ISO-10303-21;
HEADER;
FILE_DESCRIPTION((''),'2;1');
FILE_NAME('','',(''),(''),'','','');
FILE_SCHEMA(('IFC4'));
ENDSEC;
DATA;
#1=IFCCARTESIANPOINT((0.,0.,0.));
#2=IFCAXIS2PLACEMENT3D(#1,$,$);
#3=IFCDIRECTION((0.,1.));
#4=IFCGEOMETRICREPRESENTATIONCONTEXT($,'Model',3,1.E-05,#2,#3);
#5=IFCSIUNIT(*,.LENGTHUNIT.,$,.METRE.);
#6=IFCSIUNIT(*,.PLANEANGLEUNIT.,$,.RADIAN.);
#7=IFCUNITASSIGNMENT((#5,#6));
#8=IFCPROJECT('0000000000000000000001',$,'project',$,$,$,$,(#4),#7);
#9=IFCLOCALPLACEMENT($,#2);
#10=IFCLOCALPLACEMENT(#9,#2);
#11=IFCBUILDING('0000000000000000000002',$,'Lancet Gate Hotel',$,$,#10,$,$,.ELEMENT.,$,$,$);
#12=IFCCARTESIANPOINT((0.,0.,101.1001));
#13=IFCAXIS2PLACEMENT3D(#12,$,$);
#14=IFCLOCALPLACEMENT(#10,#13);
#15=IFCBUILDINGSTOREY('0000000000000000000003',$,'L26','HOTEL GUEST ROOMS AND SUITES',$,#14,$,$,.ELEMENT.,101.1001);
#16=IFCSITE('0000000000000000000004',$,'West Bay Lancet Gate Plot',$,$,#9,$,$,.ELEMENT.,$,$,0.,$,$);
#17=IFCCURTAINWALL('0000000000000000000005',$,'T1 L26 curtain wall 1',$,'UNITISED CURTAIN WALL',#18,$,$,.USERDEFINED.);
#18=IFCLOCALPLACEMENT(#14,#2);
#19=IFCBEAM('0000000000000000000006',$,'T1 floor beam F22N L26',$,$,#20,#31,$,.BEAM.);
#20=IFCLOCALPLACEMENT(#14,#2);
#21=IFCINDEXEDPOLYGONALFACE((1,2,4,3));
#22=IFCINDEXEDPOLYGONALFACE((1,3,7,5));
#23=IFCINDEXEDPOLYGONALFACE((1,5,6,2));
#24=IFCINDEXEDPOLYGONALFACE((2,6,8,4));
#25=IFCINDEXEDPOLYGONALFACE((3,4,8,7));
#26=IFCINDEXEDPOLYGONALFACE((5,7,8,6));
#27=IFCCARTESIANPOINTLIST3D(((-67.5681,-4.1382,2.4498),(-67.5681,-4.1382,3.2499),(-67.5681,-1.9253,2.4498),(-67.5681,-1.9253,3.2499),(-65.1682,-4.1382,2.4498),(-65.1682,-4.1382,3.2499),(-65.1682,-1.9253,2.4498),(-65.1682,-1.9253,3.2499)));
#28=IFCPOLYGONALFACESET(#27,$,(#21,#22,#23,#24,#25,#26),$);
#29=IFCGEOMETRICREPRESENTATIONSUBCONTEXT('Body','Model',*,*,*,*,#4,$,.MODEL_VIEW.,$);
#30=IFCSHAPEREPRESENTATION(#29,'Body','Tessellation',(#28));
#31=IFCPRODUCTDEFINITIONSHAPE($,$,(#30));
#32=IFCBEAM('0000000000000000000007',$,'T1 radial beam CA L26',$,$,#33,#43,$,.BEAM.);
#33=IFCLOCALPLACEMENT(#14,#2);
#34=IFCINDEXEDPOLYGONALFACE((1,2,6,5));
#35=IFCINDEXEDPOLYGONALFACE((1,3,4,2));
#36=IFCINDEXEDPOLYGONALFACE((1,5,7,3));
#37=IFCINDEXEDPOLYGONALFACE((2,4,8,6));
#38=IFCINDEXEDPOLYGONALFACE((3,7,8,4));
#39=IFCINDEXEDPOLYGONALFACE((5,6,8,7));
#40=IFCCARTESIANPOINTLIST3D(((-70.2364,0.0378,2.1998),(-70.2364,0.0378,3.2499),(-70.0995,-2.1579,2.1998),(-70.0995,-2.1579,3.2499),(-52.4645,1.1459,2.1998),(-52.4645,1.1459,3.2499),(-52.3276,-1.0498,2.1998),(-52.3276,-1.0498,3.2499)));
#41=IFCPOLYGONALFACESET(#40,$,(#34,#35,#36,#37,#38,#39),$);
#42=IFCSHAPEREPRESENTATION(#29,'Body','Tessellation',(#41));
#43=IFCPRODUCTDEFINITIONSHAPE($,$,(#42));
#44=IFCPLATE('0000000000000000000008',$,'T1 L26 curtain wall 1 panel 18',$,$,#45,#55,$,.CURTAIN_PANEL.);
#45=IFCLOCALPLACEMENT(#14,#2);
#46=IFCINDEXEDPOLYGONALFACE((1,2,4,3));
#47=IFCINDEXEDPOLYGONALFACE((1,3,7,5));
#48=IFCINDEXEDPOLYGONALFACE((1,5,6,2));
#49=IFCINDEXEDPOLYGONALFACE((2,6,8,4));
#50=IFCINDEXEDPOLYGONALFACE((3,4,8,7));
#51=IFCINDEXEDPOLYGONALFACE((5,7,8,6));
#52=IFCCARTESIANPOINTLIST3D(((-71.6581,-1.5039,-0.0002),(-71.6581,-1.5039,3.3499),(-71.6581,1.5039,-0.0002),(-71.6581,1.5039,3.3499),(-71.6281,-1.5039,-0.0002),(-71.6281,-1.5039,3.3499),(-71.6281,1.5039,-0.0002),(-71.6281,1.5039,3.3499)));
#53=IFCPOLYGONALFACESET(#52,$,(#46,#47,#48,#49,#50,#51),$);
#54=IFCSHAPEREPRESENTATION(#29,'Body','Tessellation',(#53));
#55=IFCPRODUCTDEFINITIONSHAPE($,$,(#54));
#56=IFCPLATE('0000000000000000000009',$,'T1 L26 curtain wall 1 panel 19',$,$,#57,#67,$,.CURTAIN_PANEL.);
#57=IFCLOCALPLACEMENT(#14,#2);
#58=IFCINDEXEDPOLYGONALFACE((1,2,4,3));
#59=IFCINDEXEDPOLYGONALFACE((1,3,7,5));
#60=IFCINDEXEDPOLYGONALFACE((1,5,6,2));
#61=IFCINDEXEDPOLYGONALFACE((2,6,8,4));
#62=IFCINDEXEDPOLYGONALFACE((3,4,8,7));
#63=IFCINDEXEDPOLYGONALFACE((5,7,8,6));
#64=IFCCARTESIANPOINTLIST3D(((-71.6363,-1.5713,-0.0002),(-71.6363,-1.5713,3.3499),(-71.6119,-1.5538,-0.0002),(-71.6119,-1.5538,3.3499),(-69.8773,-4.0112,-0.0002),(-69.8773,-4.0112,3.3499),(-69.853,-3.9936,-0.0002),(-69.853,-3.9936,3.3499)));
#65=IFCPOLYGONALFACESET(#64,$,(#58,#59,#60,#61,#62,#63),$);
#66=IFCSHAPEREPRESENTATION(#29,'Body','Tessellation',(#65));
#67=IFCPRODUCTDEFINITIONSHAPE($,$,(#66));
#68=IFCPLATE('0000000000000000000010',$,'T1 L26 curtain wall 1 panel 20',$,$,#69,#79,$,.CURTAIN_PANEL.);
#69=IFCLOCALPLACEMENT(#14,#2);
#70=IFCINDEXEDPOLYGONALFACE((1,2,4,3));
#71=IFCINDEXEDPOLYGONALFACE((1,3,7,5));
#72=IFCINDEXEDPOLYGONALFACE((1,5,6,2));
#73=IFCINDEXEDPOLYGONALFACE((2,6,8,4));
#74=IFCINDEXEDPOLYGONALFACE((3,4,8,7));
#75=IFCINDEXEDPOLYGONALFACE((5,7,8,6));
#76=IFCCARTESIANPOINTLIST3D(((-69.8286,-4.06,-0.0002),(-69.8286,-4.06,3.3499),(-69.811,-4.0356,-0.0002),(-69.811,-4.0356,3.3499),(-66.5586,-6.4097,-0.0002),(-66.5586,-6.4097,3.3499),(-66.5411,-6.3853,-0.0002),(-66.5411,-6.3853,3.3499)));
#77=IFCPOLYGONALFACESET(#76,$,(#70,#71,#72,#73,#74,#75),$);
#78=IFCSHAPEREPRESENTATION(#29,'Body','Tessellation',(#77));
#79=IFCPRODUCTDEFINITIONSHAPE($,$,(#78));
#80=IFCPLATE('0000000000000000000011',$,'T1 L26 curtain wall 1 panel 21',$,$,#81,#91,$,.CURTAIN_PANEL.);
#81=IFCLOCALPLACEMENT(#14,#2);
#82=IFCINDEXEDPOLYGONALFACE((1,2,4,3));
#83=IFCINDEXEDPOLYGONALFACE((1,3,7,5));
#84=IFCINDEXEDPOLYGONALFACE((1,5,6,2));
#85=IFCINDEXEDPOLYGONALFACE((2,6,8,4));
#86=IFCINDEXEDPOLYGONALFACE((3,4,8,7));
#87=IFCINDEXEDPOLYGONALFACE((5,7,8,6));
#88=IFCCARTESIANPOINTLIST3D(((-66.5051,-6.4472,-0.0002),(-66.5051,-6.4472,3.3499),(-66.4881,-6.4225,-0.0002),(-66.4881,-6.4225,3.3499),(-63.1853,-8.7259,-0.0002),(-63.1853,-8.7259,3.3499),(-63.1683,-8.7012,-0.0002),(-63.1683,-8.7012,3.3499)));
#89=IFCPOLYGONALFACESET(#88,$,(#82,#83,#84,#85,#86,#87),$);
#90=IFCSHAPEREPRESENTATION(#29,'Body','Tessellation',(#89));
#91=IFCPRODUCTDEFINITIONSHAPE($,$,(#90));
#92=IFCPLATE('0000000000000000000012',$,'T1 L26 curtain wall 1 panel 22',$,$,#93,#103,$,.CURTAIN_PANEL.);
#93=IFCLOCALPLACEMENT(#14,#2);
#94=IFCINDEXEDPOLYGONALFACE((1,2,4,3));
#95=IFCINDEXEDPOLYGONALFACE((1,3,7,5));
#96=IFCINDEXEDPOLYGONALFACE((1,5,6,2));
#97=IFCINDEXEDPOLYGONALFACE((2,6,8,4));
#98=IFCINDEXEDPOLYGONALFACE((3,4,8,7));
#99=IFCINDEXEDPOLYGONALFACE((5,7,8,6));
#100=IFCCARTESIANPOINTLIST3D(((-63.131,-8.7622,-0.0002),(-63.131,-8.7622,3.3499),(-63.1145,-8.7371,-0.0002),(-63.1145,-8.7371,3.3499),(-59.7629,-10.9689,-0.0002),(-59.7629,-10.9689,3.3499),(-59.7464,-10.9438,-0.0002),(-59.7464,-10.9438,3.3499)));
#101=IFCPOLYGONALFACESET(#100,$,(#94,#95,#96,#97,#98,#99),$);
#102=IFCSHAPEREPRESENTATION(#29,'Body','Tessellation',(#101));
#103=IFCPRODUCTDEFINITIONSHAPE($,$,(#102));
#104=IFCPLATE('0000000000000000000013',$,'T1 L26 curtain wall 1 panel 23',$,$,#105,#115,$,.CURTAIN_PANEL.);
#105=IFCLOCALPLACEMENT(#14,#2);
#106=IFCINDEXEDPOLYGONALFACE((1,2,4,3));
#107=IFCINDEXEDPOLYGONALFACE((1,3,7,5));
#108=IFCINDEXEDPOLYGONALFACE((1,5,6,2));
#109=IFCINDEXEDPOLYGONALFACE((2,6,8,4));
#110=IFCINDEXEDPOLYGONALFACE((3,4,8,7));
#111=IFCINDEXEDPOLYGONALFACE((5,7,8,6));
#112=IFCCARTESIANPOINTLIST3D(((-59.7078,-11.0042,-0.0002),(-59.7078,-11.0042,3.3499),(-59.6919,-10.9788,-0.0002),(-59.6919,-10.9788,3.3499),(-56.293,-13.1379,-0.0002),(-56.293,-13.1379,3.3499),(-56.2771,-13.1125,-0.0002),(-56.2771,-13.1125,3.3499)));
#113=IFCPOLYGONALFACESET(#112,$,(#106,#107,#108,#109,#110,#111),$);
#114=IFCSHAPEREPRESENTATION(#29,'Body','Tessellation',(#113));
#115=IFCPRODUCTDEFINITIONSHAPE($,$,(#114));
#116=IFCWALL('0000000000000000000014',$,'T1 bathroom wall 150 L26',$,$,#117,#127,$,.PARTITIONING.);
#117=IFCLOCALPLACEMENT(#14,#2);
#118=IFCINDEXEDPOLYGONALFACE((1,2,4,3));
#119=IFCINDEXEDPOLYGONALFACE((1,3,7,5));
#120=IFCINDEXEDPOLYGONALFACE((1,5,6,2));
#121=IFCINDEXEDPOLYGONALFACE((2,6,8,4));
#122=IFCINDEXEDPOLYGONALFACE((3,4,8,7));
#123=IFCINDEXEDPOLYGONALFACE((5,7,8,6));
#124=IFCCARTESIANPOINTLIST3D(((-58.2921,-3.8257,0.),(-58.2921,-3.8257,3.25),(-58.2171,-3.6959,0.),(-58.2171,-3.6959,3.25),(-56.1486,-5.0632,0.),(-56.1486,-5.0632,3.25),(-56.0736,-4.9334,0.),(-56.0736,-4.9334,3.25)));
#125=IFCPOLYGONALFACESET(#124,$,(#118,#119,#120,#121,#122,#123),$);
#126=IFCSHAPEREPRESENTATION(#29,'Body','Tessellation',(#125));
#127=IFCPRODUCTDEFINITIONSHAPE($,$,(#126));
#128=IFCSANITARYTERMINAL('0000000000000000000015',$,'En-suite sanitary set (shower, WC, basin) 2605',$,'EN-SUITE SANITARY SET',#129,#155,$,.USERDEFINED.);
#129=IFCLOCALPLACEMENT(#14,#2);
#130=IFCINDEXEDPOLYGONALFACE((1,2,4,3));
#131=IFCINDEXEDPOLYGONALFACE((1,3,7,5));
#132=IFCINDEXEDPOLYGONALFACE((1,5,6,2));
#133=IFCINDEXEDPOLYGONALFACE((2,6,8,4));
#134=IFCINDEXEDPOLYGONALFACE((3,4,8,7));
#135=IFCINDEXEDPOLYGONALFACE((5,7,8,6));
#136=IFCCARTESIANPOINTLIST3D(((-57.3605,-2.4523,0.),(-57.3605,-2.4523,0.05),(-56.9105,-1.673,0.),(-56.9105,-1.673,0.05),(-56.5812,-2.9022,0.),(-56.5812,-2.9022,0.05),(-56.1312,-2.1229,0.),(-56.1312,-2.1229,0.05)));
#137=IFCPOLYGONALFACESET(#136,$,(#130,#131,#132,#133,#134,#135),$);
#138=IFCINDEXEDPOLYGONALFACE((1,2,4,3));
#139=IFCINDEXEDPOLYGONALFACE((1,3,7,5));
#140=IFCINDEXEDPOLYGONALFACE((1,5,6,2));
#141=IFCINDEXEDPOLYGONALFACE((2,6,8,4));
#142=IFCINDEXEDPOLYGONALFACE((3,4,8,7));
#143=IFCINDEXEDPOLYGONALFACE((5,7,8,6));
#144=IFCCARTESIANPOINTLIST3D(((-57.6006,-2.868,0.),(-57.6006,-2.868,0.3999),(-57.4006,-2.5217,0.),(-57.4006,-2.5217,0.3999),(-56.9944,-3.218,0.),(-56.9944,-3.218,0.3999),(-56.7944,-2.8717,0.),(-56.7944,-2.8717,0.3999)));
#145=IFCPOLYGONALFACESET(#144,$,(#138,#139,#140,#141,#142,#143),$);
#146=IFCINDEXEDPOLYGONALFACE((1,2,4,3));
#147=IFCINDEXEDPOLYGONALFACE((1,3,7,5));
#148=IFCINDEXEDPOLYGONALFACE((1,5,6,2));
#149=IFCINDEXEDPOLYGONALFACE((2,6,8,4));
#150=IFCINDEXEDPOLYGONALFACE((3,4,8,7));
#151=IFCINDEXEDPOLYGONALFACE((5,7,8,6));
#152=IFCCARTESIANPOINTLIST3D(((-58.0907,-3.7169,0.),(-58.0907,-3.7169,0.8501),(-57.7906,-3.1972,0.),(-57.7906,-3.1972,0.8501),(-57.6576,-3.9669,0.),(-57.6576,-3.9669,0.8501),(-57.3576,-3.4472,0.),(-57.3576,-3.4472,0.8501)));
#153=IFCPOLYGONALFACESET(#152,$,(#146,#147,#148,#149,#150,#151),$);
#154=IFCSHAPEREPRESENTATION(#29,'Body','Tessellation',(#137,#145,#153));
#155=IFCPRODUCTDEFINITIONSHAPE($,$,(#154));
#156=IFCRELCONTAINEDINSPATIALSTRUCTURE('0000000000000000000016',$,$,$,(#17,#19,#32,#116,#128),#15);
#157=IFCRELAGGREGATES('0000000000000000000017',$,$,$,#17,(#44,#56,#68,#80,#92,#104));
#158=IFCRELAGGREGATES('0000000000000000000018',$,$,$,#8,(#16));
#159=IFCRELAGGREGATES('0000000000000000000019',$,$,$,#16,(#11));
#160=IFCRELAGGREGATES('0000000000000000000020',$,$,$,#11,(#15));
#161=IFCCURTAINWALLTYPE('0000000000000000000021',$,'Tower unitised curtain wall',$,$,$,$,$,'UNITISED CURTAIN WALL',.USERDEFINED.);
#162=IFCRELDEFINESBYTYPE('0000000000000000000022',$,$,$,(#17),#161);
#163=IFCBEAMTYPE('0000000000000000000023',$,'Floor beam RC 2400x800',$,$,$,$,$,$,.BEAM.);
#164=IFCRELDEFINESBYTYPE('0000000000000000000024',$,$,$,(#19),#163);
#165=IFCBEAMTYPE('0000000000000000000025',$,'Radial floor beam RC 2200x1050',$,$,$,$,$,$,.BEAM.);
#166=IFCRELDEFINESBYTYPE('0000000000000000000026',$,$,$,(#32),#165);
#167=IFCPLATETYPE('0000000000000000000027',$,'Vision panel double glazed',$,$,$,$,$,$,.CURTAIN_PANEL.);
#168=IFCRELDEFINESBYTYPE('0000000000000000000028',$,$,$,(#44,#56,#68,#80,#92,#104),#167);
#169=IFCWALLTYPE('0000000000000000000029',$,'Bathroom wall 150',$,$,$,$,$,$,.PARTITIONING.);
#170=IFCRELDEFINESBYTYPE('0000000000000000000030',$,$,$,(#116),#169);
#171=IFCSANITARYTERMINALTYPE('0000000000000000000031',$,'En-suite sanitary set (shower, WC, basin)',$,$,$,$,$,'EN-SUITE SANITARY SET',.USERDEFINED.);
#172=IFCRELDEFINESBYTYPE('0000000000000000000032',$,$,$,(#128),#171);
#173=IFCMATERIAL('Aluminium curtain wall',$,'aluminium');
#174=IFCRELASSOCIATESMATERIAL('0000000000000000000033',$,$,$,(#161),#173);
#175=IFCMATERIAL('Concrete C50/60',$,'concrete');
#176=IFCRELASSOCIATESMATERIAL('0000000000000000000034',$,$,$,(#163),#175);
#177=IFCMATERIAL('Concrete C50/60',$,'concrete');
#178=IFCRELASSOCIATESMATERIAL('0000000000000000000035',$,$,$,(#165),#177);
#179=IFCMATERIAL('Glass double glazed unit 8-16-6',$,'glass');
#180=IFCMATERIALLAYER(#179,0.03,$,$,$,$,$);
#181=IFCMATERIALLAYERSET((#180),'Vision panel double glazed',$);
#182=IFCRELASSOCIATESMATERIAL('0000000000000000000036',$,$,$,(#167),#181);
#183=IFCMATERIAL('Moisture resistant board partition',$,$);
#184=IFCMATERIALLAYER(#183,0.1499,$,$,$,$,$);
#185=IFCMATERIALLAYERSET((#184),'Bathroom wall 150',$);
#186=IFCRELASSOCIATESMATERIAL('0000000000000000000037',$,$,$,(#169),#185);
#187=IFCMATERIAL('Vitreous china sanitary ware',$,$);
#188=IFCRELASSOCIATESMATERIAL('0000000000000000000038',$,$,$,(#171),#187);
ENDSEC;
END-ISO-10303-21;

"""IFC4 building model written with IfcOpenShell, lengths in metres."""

from ifc_helpers import new_model, si_unit, direction, frame, frame_2d, origin, origin_2d, place, context, subcontext, project, spatial, rectangle, extrude, material, layer, layer_set, material_profile, profile_set, type_object, element, aggregate, save


model = new_model("IFC4")

# Units and contexts
model_context = context("Model", 3, precision=1e-05, world=origin(), true_north=direction((0.0, 1.0)))
body_context = subcontext(model_context, "Body", "Model", "MODEL_VIEW")
ifc_project = project(units=[si_unit("LENGTHUNIT", "METRE"), si_unit("PLANEANGLEUNIT", "RADIAN")], contexts=[model_context])

# Site, building, storey
site_placement = place(None, origin())
site = spatial("IfcSite", under=ifc_project, at=site_placement, Name="West Bay Lancet Gate Plot", CompositionType="ELEMENT", RefElevation=0.0)
building_placement = place(site_placement, origin())
building = spatial("IfcBuilding", under=site, at=building_placement, Name="Lancet Gate Hotel", CompositionType="ELEMENT")
storey_placement = place(building_placement, frame((0.0, 0.0, 101.1001)))
storey = spatial("IfcBuildingStorey", under=building, at=storey_placement, Name="L26", Description="HOTEL GUEST ROOMS AND SUITES", CompositionType="ELEMENT", Elevation=101.1001)

# Curtain wall
ifc_material_1 = material(Name="Aluminium curtain wall", Category="aluminium")
curtain_wall_type = type_object("IfcCurtainWallType", Name="Tower unitised curtain wall", ElementType="UNITISED CURTAIN WALL", PredefinedType="USERDEFINED", material=ifc_material_1)
curtain_wall_placement = place(storey_placement, origin())
curtain_wall = element("IfcCurtainWall", 1, at=curtain_wall_placement, inside=storey, type_object=curtain_wall_type, Name="T1 L26 curtain wall 1", ObjectType="UNITISED CURTAIN WALL", PredefinedType="USERDEFINED")

# Beams
ifc_material_2 = material(Name="Concrete C50/60", Category="concrete")
ifc_material_profile_1 = material_profile(ifc_material_2, rectangle(XDim=2.3999, YDim=0.8, at=origin_2d()), Name="RC 2400x800")
ifc_profile_set_1 = profile_set([ifc_material_profile_1], Name="Concrete C50/60")
beam_type_1 = type_object("IfcBeamType", Name="Floor beam RC 2400x800", PredefinedType="BEAM", material=ifc_profile_set_1)
beam_1_placement = place(storey_placement, frame((-66.3682, -1.9253, 2.8499), z_axis=(0.0, -1.0, 0.0), x_axis=(1.0, 0.0, 0.0)))
element("IfcBeam", 2, at=beam_1_placement, inside=storey, type_object=beam_type_1, Name="T1 floor beam F22N L26", PredefinedType="BEAM", context=body_context, shape_type="SweptSolid", body=[
    extrude(rectangle(XDim=2.3999, YDim=0.8, at=origin_2d()), origin(), (0.0, 0.0, 1.0), 2.2129),
])
ifc_material_3 = material(Name="Concrete C50/60", Category="concrete")
ifc_material_profile_2 = material_profile(ifc_material_3, rectangle(XDim=2.2, YDim=1.05, at=origin_2d()), Name="RC 2200x1050")
ifc_profile_set_2 = profile_set([ifc_material_profile_2], Name="Concrete C50/60")
beam_type_2 = type_object("IfcBeamType", Name="Radial floor beam RC 2200x1050", PredefinedType="BEAM", material=ifc_profile_set_2)
beam_2_placement = place(storey_placement, frame((-70.168, -1.0601, 2.7249), z_axis=(0.998062, 0.062233, 0.0), x_axis=(-0.062233, 0.998062, 0.0)))
element("IfcBeam", 3, at=beam_2_placement, inside=storey, type_object=beam_type_2, Name="T1 radial beam CA L26", PredefinedType="BEAM", context=body_context, shape_type="SweptSolid", body=[
    extrude(rectangle(XDim=2.2, YDim=1.05, at=origin_2d()), origin(), (0.0, 0.0, 1.0), 17.8064),
])

# Plates
ifc_material_4 = material(Name="Glass double glazed unit 8-16-6", Category="glass")
ifc_layer_1 = layer(ifc_material_4, 0.03)
ifc_layer_set_1 = layer_set([ifc_layer_1], Name="Vision panel double glazed")
plate_type = type_object("IfcPlateType", Name="Vision panel double glazed", PredefinedType="CURTAIN_PANEL", material=ifc_layer_set_1)
plate_1_placement = place(storey_placement, frame((-71.6431, 0.0, -0.0002), z_axis=(0.0, 0.0, 1.0), x_axis=(0.0, -1.0, 0.0)))
plate_1 = element("IfcPlate", 4, at=plate_1_placement, type_object=plate_type, Name="T1 L26 curtain wall 1 panel 18", PredefinedType="CURTAIN_PANEL", context=body_context, shape_type="SweptSolid", body=[
    extrude(rectangle(XDim=3.0078, YDim=0.03, at=origin_2d()), origin(), (0.0, 0.0, 1.0), 3.3501),
])
plate_2_placement = place(storey_placement, frame((-70.7446, -2.7825, -0.0002), z_axis=(0.0, 0.0, 1.0), x_axis=(0.584809, -0.811171, 0.0)))
plate_2 = element("IfcPlate", 5, at=plate_2_placement, type_object=plate_type, Name="T1 L26 curtain wall 1 panel 19", PredefinedType="CURTAIN_PANEL", context=body_context, shape_type="SweptSolid", body=[
    extrude(rectangle(XDim=3.0078, YDim=0.03, at=origin_2d()), origin(), (0.0, 0.0, 1.0), 3.3501),
])
plate_3_placement = place(storey_placement, frame((-68.1848, -5.2227, -0.0002), z_axis=(0.0, 0.0, 1.0), x_axis=(0.812093, -0.583528, 0.0)))
plate_3 = element("IfcPlate", 6, at=plate_3_placement, type_object=plate_type, Name="T1 L26 curtain wall 1 panel 20", PredefinedType="CURTAIN_PANEL", context=body_context, shape_type="SweptSolid", body=[
    extrude(rectangle(XDim=4.0266, YDim=0.03, at=origin_2d()), origin(), (0.0, 0.0, 1.0), 3.3501),
])
plate_4_placement = place(storey_placement, frame((-64.8367, -7.5742, -0.0002), z_axis=(0.0, 0.0, 1.0), x_axis=(0.824466, -0.565911, 0.0)))
plate_4 = element("IfcPlate", 7, at=plate_4_placement, type_object=plate_type, Name="T1 L26 curtain wall 1 panel 21", PredefinedType="CURTAIN_PANEL", context=body_context, shape_type="SweptSolid", body=[
    extrude(rectangle(XDim=4.0266, YDim=0.03, at=origin_2d()), origin(), (0.0, 0.0, 1.0), 3.3501),
])
plate_5_placement = place(storey_placement, frame((-61.4387, -9.853, -0.0002), z_axis=(0.0, 0.0, 1.0), x_axis=(0.836458, -0.548032, 0.0)))
plate_5 = element("IfcPlate", 8, at=plate_5_placement, type_object=plate_type, Name="T1 L26 curtain wall 1 panel 22", PredefinedType="CURTAIN_PANEL", context=body_context, shape_type="SweptSolid", body=[
    extrude(rectangle(XDim=4.0266, YDim=0.03, at=origin_2d()), origin(), (0.0, 0.0, 1.0), 3.3501),
])
plate_6_placement = place(storey_placement, frame((-57.9924, -12.0583, -0.0002), z_axis=(0.0, 0.0, 1.0), x_axis=(0.848061, -0.529899, 0.0)))
plate_6 = element("IfcPlate", 9, at=plate_6_placement, type_object=plate_type, Name="T1 L26 curtain wall 1 panel 23", PredefinedType="CURTAIN_PANEL", context=body_context, shape_type="SweptSolid", body=[
    extrude(rectangle(XDim=4.0266, YDim=0.03, at=origin_2d()), origin(), (0.0, 0.0, 1.0), 3.3501),
])
aggregate(curtain_wall, [plate_1, plate_2, plate_3, plate_4, plate_5, plate_6])

# Wall
ifc_material_5 = material(Name="Moisture resistant board partition")
ifc_layer_2 = layer(ifc_material_5, 0.1499)
ifc_layer_set_2 = layer_set([ifc_layer_2], Name="Bathroom wall 150")
wall_type = type_object("IfcWallType", Name="Bathroom wall 150", PredefinedType="PARTITIONING", material=ifc_layer_set_2)
wall_placement = place(storey_placement, frame((-56.1111, -4.9983, 0.0), z_axis=(0.0, 0.0, 1.0), x_axis=(-0.866031, 0.49999, 0.0)))
element("IfcWall", 10, at=wall_placement, inside=storey, type_object=wall_type, Name="T1 bathroom wall 150 L26", PredefinedType="PARTITIONING", context=body_context, shape_type="SweptSolid", body=[
    extrude(rectangle(XDim=2.4751, YDim=0.1499, at=frame_2d((1.2375, 0.0))), origin(), (0.0, 0.0, 1.0), 3.25),
])

# Sanitary terminal
ifc_material_6 = material(Name="Vitreous china sanitary ware")
sanitary_terminal_type = type_object("IfcSanitaryTerminalType", Name="En-suite sanitary set (shower, WC, basin)", ElementType="EN-SUITE SANITARY SET", PredefinedType="USERDEFINED", material=ifc_material_6)
sanitary_terminal_placement = place(storey_placement, frame((-56.7458, -2.2876, 0.0), z_axis=(0.0, 0.0, 1.0), x_axis=(1.0, 0.0, 0.0)))
element("IfcSanitaryTerminal", 11, at=sanitary_terminal_placement, inside=storey, type_object=sanitary_terminal_type, Name="En-suite sanitary set (shower, WC, basin) 2605", ObjectType="EN-SUITE SANITARY SET", PredefinedType="USERDEFINED", context=body_context, shape_type="SweptSolid", body=[
    extrude(rectangle(XDim=0.8999, YDim=0.8999, at=origin_2d()), frame((0.0, 0.0, 0.0), z_axis=(0.0, 0.0, 1.0), x_axis=(0.5, 0.866025, 0.0)), (0.0, 0.0, 1.0), 0.05),
    extrude(rectangle(XDim=0.3999, YDim=0.7, at=origin_2d()), frame((-0.4517, -0.5823, 0.0), z_axis=(0.0, 0.0, 1.0), x_axis=(0.5, 0.866025, 0.0)), (0.0, 0.0, 1.0), 0.3999),
    extrude(rectangle(XDim=0.6001, YDim=0.5, at=origin_2d()), frame((-0.9783, -1.2944, 0.0), z_axis=(0.0, 0.0, 1.0), x_axis=(0.5, 0.866025, 0.0)), (0.0, 0.0, 1.0), 0.8501),
])

save(model, "model.ifc")
